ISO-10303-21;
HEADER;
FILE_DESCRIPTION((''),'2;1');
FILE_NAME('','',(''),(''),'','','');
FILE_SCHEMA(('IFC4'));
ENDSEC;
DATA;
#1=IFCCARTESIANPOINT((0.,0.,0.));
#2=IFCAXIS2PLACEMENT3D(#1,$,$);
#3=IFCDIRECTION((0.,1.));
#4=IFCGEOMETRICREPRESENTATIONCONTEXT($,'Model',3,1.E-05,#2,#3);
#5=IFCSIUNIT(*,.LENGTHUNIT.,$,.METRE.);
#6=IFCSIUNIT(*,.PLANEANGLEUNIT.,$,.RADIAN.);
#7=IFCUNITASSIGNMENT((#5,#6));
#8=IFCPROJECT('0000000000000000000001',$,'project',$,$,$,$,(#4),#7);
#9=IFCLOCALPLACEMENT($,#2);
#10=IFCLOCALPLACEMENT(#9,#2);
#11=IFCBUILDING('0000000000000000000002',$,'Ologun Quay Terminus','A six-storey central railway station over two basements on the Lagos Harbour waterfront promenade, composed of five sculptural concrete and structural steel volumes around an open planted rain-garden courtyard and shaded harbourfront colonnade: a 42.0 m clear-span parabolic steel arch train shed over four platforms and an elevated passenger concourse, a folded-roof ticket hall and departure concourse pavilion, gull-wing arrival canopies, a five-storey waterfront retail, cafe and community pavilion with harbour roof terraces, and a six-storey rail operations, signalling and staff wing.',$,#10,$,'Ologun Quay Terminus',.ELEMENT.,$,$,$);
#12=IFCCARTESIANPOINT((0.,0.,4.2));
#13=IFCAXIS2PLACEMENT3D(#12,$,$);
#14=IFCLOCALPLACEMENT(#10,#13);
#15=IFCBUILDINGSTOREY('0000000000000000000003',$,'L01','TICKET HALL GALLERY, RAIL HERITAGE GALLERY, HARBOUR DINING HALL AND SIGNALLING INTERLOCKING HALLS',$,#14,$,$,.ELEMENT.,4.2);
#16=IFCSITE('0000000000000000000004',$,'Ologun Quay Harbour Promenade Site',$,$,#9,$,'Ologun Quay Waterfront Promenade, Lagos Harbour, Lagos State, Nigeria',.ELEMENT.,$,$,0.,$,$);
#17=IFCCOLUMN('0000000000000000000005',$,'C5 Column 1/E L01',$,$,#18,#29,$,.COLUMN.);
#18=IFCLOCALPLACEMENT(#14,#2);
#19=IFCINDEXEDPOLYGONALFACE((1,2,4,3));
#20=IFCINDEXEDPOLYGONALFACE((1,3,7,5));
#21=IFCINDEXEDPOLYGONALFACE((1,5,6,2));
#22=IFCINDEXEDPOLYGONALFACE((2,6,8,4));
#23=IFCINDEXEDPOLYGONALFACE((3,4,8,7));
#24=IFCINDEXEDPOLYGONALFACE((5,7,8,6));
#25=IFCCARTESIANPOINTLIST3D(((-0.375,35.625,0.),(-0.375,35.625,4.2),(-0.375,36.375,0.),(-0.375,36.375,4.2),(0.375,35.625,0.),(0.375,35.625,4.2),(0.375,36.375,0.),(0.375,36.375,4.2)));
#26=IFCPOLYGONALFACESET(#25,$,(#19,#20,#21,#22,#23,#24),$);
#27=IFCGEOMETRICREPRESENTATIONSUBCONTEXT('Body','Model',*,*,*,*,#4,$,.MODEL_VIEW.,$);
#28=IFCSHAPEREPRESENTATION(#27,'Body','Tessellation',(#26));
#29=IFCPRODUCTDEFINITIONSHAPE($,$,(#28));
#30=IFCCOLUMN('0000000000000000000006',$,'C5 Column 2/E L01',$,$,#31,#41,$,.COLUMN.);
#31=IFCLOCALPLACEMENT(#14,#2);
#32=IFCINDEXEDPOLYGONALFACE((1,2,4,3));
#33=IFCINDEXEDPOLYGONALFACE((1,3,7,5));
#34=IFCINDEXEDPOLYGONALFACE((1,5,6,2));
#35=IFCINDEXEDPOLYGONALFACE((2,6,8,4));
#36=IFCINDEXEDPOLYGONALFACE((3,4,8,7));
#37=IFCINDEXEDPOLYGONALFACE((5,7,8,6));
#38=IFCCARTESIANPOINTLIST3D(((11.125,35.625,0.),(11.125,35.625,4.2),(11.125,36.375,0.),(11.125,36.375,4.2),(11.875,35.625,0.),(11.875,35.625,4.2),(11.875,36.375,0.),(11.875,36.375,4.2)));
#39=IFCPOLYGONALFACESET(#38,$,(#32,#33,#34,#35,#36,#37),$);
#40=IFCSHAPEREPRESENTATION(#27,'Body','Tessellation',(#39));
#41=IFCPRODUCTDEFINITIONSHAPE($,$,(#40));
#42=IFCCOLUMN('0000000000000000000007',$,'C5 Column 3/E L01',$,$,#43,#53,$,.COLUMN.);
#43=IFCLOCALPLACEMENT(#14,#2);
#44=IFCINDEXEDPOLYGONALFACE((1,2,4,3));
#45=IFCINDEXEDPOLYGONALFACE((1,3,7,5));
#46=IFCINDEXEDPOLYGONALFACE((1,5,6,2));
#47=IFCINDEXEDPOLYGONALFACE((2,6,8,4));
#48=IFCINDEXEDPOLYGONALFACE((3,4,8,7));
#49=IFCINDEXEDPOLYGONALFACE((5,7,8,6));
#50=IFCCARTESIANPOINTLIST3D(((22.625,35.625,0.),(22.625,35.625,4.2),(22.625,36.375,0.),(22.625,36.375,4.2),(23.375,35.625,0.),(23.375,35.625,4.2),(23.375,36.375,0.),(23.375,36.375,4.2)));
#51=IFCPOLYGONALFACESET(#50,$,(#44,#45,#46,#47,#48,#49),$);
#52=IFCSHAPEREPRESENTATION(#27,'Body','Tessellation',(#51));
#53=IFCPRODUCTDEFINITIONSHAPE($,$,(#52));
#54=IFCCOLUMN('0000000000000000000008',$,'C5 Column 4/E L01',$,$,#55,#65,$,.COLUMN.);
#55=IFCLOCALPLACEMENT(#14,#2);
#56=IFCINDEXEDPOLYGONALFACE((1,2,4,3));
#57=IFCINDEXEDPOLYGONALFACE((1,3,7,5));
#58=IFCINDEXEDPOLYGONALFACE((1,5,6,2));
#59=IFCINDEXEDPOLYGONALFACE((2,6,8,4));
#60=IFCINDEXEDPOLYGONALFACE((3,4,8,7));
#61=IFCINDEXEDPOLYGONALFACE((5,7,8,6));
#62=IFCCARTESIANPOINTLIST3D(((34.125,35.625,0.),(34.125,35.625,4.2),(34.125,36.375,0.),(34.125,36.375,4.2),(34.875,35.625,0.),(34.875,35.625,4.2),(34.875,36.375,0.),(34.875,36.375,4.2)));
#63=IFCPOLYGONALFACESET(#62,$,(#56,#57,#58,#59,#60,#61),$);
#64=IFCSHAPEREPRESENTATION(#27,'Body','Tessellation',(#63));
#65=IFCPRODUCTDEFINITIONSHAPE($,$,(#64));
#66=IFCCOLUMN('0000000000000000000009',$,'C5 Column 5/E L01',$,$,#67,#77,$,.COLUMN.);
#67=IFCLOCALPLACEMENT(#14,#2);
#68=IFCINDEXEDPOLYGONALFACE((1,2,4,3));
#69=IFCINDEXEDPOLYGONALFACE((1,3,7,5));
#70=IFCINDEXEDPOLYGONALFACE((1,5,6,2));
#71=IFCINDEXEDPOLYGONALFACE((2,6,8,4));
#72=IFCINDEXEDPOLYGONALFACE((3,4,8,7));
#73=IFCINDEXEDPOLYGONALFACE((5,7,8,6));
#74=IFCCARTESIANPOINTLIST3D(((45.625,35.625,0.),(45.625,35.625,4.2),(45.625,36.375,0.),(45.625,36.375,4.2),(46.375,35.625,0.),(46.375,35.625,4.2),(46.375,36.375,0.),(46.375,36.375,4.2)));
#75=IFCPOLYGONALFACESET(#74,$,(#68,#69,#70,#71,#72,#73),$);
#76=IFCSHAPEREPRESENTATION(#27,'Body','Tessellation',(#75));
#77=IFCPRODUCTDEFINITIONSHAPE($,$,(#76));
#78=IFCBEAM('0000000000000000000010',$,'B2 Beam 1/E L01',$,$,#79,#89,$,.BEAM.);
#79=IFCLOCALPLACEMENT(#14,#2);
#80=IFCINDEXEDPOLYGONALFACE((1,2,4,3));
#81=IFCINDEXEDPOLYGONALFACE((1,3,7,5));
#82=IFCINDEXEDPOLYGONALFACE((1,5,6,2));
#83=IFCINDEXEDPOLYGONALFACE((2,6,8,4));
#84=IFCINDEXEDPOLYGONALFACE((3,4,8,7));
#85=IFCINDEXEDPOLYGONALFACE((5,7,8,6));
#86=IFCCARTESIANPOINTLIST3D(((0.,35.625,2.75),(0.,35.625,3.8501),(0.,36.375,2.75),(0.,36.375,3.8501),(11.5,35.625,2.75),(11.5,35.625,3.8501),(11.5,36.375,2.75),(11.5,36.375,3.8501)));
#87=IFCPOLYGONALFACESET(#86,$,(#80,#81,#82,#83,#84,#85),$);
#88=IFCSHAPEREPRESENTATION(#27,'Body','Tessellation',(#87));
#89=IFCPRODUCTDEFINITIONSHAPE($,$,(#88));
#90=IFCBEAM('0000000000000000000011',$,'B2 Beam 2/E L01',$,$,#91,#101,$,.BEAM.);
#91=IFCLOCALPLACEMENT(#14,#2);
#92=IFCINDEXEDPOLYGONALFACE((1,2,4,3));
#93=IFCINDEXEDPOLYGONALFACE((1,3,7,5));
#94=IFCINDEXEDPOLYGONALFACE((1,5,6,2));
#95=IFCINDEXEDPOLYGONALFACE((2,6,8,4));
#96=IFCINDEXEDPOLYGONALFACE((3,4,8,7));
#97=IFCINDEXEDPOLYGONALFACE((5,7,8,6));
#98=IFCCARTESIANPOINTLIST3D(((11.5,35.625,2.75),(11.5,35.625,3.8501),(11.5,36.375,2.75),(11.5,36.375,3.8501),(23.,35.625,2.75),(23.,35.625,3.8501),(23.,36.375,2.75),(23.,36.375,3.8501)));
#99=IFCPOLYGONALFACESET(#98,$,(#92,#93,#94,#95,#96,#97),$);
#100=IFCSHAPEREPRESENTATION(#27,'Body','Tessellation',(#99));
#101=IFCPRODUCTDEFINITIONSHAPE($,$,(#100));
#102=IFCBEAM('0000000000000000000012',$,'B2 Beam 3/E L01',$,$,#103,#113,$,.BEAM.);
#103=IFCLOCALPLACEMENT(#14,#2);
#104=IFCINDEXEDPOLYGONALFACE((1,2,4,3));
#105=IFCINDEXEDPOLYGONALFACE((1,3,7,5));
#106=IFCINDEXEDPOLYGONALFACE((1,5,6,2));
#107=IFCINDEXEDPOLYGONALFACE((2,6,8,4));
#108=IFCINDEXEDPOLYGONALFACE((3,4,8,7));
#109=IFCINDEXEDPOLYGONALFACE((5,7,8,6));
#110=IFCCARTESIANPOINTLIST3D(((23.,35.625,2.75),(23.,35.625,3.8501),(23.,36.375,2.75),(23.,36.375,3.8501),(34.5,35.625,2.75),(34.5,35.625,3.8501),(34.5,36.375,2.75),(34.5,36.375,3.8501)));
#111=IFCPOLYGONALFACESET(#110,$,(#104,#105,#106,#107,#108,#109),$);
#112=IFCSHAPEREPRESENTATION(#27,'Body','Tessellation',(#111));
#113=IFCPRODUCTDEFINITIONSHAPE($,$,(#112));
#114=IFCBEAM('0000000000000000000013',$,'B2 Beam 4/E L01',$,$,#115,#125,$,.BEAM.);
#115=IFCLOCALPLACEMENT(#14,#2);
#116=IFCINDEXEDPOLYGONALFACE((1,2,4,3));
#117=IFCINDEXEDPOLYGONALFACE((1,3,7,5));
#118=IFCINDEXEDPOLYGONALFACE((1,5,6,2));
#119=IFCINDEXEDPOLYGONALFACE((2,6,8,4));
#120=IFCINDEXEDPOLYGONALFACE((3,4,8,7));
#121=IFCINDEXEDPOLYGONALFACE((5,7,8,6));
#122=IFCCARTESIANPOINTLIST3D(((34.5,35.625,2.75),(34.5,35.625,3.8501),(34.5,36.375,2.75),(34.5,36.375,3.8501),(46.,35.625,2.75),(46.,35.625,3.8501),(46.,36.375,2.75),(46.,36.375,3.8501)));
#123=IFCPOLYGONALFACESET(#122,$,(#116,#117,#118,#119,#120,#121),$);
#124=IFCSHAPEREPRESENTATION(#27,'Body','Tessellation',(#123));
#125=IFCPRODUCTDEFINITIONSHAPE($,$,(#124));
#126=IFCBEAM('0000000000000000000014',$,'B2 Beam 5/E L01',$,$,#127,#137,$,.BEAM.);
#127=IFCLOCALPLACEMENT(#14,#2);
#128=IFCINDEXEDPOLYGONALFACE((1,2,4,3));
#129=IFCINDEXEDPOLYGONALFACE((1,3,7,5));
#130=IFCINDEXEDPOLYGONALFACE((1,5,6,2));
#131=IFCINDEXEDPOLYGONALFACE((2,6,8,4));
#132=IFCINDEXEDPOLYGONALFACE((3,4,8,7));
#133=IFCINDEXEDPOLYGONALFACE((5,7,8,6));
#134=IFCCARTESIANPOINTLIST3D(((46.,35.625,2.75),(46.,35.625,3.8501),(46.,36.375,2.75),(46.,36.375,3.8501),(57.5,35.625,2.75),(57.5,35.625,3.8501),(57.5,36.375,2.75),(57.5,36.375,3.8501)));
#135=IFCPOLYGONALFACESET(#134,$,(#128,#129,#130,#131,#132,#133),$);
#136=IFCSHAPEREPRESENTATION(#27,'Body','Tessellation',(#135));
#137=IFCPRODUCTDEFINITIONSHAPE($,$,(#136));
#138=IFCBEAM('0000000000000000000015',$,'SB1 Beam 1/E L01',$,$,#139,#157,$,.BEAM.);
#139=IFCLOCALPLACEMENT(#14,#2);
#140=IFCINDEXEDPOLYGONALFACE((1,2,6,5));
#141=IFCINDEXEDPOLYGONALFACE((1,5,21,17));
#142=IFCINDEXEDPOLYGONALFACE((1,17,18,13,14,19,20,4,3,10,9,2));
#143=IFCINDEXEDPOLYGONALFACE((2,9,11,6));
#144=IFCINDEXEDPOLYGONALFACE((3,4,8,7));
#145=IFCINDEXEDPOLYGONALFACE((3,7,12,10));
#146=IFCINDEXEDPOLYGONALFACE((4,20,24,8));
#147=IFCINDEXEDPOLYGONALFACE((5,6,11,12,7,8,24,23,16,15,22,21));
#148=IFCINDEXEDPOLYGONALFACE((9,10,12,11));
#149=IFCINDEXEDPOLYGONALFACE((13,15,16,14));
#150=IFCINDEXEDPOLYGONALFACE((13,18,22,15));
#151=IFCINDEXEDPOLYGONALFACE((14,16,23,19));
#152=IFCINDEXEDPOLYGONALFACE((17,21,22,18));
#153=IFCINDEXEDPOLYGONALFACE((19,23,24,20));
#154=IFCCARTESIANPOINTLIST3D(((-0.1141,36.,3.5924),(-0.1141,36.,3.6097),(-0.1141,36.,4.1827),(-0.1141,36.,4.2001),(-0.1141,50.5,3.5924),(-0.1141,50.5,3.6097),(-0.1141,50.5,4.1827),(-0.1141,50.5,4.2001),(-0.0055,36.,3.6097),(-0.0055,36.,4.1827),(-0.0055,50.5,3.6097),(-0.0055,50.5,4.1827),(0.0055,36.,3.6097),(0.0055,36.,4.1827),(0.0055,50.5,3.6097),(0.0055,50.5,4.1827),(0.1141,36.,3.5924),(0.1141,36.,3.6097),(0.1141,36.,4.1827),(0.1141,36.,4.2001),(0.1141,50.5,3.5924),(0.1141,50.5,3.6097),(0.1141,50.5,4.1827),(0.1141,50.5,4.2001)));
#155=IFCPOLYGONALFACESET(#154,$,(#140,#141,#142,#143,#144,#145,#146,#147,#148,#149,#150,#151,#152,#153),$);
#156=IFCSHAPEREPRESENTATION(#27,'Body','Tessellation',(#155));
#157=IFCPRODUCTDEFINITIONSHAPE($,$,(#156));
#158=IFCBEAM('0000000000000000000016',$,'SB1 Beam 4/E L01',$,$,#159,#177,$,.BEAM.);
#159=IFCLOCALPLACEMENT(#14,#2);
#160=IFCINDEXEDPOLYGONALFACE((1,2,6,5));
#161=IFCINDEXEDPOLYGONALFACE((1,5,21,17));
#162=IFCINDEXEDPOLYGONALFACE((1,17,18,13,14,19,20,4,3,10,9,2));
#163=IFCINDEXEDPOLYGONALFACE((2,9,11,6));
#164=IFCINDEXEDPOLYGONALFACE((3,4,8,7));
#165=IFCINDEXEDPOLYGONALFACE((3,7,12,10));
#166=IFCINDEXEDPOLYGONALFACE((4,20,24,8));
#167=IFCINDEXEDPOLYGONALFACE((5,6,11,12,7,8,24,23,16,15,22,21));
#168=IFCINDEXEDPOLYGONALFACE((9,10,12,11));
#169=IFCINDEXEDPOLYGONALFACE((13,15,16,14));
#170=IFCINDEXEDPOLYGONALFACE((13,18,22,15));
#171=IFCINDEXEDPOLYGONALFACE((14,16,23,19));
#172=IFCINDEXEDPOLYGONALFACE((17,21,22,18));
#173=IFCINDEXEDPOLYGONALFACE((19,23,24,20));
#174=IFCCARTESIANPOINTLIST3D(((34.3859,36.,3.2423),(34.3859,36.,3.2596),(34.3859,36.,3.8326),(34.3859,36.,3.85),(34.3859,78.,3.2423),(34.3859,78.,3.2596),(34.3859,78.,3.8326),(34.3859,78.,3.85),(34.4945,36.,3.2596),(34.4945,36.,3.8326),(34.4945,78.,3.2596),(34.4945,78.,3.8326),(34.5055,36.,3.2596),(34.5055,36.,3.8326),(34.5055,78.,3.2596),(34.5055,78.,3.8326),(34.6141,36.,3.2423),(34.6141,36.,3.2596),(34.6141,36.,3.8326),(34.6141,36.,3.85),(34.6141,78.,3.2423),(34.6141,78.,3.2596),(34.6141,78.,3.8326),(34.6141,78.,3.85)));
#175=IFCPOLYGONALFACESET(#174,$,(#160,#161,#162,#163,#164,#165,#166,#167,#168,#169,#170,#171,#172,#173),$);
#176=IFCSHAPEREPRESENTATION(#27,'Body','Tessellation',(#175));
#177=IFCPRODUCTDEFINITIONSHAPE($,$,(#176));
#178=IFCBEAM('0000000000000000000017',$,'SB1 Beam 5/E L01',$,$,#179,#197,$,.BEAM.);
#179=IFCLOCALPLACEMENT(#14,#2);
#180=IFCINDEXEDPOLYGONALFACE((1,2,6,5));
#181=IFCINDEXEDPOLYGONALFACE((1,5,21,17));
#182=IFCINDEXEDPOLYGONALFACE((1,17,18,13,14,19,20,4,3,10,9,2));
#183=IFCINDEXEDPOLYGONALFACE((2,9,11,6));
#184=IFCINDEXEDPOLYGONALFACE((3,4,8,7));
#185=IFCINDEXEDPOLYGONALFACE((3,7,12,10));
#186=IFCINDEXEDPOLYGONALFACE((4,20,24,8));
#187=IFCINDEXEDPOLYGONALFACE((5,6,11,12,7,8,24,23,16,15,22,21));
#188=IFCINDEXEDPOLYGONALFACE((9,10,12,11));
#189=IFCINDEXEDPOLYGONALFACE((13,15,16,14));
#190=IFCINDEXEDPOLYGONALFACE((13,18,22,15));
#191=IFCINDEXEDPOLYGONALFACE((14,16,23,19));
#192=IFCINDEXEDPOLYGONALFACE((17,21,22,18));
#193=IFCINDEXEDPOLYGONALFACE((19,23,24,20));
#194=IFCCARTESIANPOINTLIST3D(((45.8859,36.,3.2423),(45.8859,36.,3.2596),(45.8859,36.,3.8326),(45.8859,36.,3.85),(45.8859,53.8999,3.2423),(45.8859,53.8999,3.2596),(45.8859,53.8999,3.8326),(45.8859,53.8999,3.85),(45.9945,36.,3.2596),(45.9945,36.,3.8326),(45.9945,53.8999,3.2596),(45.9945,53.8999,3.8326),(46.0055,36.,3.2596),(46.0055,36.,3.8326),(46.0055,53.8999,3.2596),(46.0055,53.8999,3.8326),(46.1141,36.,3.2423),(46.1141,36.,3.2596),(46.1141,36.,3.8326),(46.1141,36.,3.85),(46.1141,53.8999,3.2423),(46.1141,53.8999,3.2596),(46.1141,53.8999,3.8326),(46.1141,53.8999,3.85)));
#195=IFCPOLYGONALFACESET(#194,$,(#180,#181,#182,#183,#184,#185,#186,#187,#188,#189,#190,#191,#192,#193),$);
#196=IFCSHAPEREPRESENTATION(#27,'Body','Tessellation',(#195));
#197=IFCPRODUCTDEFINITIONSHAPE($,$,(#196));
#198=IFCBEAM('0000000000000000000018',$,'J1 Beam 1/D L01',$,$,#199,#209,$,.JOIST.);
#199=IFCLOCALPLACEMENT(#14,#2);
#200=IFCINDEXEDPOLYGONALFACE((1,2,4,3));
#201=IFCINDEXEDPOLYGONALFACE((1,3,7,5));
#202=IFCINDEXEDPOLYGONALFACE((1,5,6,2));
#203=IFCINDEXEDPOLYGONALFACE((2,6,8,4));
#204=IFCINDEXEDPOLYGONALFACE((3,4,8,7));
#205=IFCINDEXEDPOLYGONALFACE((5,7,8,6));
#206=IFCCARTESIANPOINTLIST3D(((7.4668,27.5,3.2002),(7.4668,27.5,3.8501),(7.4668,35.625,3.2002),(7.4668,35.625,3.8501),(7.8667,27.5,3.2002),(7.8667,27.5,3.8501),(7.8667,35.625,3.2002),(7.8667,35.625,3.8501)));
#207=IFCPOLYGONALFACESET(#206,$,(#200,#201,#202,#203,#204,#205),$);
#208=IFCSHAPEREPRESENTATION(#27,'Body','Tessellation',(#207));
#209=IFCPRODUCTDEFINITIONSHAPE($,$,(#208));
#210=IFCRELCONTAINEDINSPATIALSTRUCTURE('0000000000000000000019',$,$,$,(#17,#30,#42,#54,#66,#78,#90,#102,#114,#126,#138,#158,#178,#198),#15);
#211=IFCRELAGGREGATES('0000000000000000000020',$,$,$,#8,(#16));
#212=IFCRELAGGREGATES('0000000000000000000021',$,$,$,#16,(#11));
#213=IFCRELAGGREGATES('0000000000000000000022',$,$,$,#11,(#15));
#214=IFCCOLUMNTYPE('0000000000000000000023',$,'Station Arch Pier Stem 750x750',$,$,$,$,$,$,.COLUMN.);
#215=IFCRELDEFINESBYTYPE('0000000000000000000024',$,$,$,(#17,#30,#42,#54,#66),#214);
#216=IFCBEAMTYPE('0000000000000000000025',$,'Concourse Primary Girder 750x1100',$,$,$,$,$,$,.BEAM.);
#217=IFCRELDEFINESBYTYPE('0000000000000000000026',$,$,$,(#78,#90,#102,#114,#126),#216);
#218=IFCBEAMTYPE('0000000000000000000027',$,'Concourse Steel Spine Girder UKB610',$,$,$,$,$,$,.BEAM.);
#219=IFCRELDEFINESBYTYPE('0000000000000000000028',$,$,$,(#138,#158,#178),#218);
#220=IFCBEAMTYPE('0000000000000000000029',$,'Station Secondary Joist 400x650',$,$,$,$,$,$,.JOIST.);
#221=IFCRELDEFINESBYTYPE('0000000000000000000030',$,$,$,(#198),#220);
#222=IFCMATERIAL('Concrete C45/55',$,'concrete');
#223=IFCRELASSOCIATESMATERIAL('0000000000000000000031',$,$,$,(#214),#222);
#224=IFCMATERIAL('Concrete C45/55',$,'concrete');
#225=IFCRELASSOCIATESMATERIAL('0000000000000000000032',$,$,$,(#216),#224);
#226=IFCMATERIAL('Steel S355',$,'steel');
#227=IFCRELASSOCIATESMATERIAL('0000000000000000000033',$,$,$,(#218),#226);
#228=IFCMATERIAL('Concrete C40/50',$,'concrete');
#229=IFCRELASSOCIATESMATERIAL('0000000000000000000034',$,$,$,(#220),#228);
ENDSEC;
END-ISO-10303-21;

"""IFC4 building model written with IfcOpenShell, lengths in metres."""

from ifc_helpers import new_model, si_unit, direction, frame, origin, origin_2d, place, context, subcontext, project, spatial, rectangle, i_section, extrude, material, material_profile, profile_set, type_object, element, save


model = new_model("IFC4")

# Units and contexts
model_context = context("Model", 3, precision=1e-05, world=origin(), true_north=direction((0.0, 1.0)))
body_context = subcontext(model_context, "Body", "Model", "MODEL_VIEW")
ifc_project = project(units=[si_unit("LENGTHUNIT", "METRE"), si_unit("PLANEANGLEUNIT", "RADIAN")], contexts=[model_context])

# Site, building, storey
site_placement = place(None, origin())
site = spatial("IfcSite", under=ifc_project, at=site_placement, Name="Ologun Quay Harbour Promenade Site", LongName="Ologun Quay Waterfront Promenade, Lagos Harbour, Lagos State, Nigeria", CompositionType="ELEMENT", RefElevation=0.0)
building_placement = place(site_placement, origin())
building = spatial("IfcBuilding", under=site, at=building_placement, Name="Ologun Quay Terminus", Description="A six-storey central railway station over two basements on the Lagos Harbour waterfront promenade, composed of five sculptural concrete and structural steel volumes around an open planted rain-garden courtyard and shaded harbourfront colonnade: a 42.0 m clear-span parabolic steel arch train shed over four platforms and an elevated passenger concourse, a folded-roof ticket hall and departure concourse pavilion, gull-wing arrival canopies, a five-storey waterfront retail, cafe and community pavilion with harbour roof terraces, and a six-storey rail operations, signalling and staff wing.", LongName="Ologun Quay Terminus", CompositionType="ELEMENT")
storey_placement = place(building_placement, frame((0.0, 0.0, 4.2)))
storey = spatial("IfcBuildingStorey", under=building, at=storey_placement, Name="L01", Description="TICKET HALL GALLERY, RAIL HERITAGE GALLERY, HARBOUR DINING HALL AND SIGNALLING INTERLOCKING HALLS", CompositionType="ELEMENT", Elevation=4.2)

# Columns
ifc_material_1 = material(Name="Concrete C45/55", Category="concrete")
ifc_material_profile_1 = material_profile(ifc_material_1, rectangle(XDim=0.75, YDim=0.75, at=origin_2d()), Name="RC 750x750")
ifc_profile_set_1 = profile_set([ifc_material_profile_1], Name="Concrete C45/55")
column_type = type_object("IfcColumnType", Name="Station Arch Pier Stem 750x750", PredefinedType="COLUMN", material=ifc_profile_set_1)
for number, where, z_axis, x_axis, name in (
    (1, (0.0, 36.0, 0.0), (0.0, 0.0, 1.0), (1.0, 0.0, 0.0), "C5 Column 1/E L01"),
    (2, (11.5, 36.0, 0.0), (0.0, 0.0, 1.0), (1.0, 0.0, 0.0), "C5 Column 2/E L01"),
    (3, (23.0, 36.0, 0.0), (0.0, 0.0, 1.0), (1.0, 0.0, 0.0), "C5 Column 3/E L01"),
    (4, (34.5, 36.0, 0.0), (0.0, 0.0, 1.0), (1.0, 0.0, 0.0), "C5 Column 4/E L01"),
    (5, (46.0, 36.0, 0.0), (0.0, 0.0, 1.0), (1.0, 0.0, 0.0), "C5 Column 5/E L01"),
):
    element("IfcColumn", number, at=place(storey_placement, frame(where, z_axis=z_axis, x_axis=x_axis)), inside=storey, type_object=column_type, Name=name, PredefinedType="COLUMN", context=body_context, shape_type="SweptSolid", body=[
        extrude(rectangle(XDim=0.75, YDim=0.75, at=origin_2d()), origin(), (0.0, 0.0, 1.0), 4.2),
    ])

# Beams
ifc_material_2 = material(Name="Concrete C45/55", Category="concrete")
ifc_material_profile_2 = material_profile(ifc_material_2, rectangle(XDim=0.75, YDim=1.1001, at=origin_2d()), Name="RC 750x1100")
ifc_profile_set_2 = profile_set([ifc_material_profile_2], Name="Concrete C45/55")
beam_type_1 = type_object("IfcBeamType", Name="Concourse Primary Girder 750x1100", PredefinedType="BEAM", material=ifc_profile_set_2)
for number, where, z_axis, x_axis, name in (
    (6, (0.0, 36.0, 3.3), (1.0, 0.0, 0.0), (0.0, 1.0, 0.0), "B2 Beam 1/E L01"),
    (7, (11.5, 36.0, 3.3), (1.0, 0.0, 0.0), (0.0, 1.0, 0.0), "B2 Beam 2/E L01"),
    (8, (23.0, 36.0, 3.3), (1.0, 0.0, 0.0), (0.0, 1.0, 0.0), "B2 Beam 3/E L01"),
    (9, (34.5, 36.0, 3.3), (1.0, 0.0, 0.0), (0.0, 1.0, 0.0), "B2 Beam 4/E L01"),
    (10, (46.0, 36.0, 3.3), (1.0, 0.0, 0.0), (0.0, 1.0, 0.0), "B2 Beam 5/E L01"),
):
    element("IfcBeam", number, at=place(storey_placement, frame(where, z_axis=z_axis, x_axis=x_axis)), inside=storey, type_object=beam_type_1, Name=name, PredefinedType="BEAM", context=body_context, shape_type="SweptSolid", body=[
        extrude(rectangle(XDim=0.75, YDim=1.1001, at=origin_2d()), origin(), (0.0, 0.0, 1.0), 11.5),
    ])
ifc_material_3 = material(Name="Steel S355", Category="steel")
ifc_material_profile_3 = material_profile(ifc_material_3, i_section(OverallWidth=0.2283, OverallDepth=0.6077, WebThickness=0.011, FlangeThickness=0.0173, at=origin_2d()), Name="UKB 610x229x113")
ifc_profile_set_3 = profile_set([ifc_material_profile_3], Name="Steel S355")
beam_type_2 = type_object("IfcBeamType", Name="Concourse Steel Spine Girder UKB610", PredefinedType="BEAM", material=ifc_profile_set_3)
beam_1_placement = place(storey_placement, frame((0.0, 36.0, 3.8962), z_axis=(0.0, 1.0, 0.0), x_axis=(-1.0, 0.0, 0.0)))
element("IfcBeam", 11, at=beam_1_placement, inside=storey, type_object=beam_type_2, Name="SB1 Beam 1/E L01", PredefinedType="BEAM", context=body_context, shape_type="SweptSolid", body=[
    extrude(i_section(OverallWidth=0.2283, OverallDepth=0.6077, WebThickness=0.011, FlangeThickness=0.0173, at=origin_2d()), origin(), (0.0, 0.0, 1.0), 14.5),
])
beam_2_placement = place(storey_placement, frame((34.5, 36.0, 3.5461), z_axis=(0.0, 1.0, 0.0), x_axis=(-1.0, 0.0, 0.0)))
element("IfcBeam", 12, at=beam_2_placement, inside=storey, type_object=beam_type_2, Name="SB1 Beam 4/E L01", PredefinedType="BEAM", context=body_context, shape_type="SweptSolid", body=[
    extrude(i_section(OverallWidth=0.2283, OverallDepth=0.6077, WebThickness=0.011, FlangeThickness=0.0173, at=origin_2d()), origin(), (0.0, 0.0, 1.0), 42.0),
])
beam_3_placement = place(storey_placement, frame((46.0, 36.0, 3.5461), z_axis=(0.0, 1.0, 0.0), x_axis=(-1.0, 0.0, 0.0)))
element("IfcBeam", 13, at=beam_3_placement, inside=storey, type_object=beam_type_2, Name="SB1 Beam 5/E L01", PredefinedType="BEAM", context=body_context, shape_type="SweptSolid", body=[
    extrude(i_section(OverallWidth=0.2283, OverallDepth=0.6077, WebThickness=0.011, FlangeThickness=0.0173, at=origin_2d()), origin(), (0.0, 0.0, 1.0), 17.8999),
])
ifc_material_4 = material(Name="Concrete C40/50", Category="concrete")
ifc_material_profile_4 = material_profile(ifc_material_4, rectangle(XDim=0.3999, YDim=0.6499, at=origin_2d()), Name="RC 400x650")
ifc_profile_set_4 = profile_set([ifc_material_profile_4], Name="Concrete C40/50")
beam_type_3 = type_object("IfcBeamType", Name="Station Secondary Joist 400x650", PredefinedType="JOIST", material=ifc_profile_set_4)
for number, where, z_axis, x_axis, name in (
    (14, (7.6667, 27.5, 3.5251), (0.0, 1.0, 0.0), (-1.0, 0.0, 0.0), "J1 Beam 1/D L01"),
):
    element("IfcBeam", number, at=place(storey_placement, frame(where, z_axis=z_axis, x_axis=x_axis)), inside=storey, type_object=beam_type_3, Name=name, PredefinedType="JOIST", context=body_context, shape_type="SweptSolid", body=[
        extrude(rectangle(XDim=0.3999, YDim=0.6499, at=origin_2d()), origin(), (0.0, 0.0, 1.0), 8.125),
    ])

save(model, "model.ifc")
